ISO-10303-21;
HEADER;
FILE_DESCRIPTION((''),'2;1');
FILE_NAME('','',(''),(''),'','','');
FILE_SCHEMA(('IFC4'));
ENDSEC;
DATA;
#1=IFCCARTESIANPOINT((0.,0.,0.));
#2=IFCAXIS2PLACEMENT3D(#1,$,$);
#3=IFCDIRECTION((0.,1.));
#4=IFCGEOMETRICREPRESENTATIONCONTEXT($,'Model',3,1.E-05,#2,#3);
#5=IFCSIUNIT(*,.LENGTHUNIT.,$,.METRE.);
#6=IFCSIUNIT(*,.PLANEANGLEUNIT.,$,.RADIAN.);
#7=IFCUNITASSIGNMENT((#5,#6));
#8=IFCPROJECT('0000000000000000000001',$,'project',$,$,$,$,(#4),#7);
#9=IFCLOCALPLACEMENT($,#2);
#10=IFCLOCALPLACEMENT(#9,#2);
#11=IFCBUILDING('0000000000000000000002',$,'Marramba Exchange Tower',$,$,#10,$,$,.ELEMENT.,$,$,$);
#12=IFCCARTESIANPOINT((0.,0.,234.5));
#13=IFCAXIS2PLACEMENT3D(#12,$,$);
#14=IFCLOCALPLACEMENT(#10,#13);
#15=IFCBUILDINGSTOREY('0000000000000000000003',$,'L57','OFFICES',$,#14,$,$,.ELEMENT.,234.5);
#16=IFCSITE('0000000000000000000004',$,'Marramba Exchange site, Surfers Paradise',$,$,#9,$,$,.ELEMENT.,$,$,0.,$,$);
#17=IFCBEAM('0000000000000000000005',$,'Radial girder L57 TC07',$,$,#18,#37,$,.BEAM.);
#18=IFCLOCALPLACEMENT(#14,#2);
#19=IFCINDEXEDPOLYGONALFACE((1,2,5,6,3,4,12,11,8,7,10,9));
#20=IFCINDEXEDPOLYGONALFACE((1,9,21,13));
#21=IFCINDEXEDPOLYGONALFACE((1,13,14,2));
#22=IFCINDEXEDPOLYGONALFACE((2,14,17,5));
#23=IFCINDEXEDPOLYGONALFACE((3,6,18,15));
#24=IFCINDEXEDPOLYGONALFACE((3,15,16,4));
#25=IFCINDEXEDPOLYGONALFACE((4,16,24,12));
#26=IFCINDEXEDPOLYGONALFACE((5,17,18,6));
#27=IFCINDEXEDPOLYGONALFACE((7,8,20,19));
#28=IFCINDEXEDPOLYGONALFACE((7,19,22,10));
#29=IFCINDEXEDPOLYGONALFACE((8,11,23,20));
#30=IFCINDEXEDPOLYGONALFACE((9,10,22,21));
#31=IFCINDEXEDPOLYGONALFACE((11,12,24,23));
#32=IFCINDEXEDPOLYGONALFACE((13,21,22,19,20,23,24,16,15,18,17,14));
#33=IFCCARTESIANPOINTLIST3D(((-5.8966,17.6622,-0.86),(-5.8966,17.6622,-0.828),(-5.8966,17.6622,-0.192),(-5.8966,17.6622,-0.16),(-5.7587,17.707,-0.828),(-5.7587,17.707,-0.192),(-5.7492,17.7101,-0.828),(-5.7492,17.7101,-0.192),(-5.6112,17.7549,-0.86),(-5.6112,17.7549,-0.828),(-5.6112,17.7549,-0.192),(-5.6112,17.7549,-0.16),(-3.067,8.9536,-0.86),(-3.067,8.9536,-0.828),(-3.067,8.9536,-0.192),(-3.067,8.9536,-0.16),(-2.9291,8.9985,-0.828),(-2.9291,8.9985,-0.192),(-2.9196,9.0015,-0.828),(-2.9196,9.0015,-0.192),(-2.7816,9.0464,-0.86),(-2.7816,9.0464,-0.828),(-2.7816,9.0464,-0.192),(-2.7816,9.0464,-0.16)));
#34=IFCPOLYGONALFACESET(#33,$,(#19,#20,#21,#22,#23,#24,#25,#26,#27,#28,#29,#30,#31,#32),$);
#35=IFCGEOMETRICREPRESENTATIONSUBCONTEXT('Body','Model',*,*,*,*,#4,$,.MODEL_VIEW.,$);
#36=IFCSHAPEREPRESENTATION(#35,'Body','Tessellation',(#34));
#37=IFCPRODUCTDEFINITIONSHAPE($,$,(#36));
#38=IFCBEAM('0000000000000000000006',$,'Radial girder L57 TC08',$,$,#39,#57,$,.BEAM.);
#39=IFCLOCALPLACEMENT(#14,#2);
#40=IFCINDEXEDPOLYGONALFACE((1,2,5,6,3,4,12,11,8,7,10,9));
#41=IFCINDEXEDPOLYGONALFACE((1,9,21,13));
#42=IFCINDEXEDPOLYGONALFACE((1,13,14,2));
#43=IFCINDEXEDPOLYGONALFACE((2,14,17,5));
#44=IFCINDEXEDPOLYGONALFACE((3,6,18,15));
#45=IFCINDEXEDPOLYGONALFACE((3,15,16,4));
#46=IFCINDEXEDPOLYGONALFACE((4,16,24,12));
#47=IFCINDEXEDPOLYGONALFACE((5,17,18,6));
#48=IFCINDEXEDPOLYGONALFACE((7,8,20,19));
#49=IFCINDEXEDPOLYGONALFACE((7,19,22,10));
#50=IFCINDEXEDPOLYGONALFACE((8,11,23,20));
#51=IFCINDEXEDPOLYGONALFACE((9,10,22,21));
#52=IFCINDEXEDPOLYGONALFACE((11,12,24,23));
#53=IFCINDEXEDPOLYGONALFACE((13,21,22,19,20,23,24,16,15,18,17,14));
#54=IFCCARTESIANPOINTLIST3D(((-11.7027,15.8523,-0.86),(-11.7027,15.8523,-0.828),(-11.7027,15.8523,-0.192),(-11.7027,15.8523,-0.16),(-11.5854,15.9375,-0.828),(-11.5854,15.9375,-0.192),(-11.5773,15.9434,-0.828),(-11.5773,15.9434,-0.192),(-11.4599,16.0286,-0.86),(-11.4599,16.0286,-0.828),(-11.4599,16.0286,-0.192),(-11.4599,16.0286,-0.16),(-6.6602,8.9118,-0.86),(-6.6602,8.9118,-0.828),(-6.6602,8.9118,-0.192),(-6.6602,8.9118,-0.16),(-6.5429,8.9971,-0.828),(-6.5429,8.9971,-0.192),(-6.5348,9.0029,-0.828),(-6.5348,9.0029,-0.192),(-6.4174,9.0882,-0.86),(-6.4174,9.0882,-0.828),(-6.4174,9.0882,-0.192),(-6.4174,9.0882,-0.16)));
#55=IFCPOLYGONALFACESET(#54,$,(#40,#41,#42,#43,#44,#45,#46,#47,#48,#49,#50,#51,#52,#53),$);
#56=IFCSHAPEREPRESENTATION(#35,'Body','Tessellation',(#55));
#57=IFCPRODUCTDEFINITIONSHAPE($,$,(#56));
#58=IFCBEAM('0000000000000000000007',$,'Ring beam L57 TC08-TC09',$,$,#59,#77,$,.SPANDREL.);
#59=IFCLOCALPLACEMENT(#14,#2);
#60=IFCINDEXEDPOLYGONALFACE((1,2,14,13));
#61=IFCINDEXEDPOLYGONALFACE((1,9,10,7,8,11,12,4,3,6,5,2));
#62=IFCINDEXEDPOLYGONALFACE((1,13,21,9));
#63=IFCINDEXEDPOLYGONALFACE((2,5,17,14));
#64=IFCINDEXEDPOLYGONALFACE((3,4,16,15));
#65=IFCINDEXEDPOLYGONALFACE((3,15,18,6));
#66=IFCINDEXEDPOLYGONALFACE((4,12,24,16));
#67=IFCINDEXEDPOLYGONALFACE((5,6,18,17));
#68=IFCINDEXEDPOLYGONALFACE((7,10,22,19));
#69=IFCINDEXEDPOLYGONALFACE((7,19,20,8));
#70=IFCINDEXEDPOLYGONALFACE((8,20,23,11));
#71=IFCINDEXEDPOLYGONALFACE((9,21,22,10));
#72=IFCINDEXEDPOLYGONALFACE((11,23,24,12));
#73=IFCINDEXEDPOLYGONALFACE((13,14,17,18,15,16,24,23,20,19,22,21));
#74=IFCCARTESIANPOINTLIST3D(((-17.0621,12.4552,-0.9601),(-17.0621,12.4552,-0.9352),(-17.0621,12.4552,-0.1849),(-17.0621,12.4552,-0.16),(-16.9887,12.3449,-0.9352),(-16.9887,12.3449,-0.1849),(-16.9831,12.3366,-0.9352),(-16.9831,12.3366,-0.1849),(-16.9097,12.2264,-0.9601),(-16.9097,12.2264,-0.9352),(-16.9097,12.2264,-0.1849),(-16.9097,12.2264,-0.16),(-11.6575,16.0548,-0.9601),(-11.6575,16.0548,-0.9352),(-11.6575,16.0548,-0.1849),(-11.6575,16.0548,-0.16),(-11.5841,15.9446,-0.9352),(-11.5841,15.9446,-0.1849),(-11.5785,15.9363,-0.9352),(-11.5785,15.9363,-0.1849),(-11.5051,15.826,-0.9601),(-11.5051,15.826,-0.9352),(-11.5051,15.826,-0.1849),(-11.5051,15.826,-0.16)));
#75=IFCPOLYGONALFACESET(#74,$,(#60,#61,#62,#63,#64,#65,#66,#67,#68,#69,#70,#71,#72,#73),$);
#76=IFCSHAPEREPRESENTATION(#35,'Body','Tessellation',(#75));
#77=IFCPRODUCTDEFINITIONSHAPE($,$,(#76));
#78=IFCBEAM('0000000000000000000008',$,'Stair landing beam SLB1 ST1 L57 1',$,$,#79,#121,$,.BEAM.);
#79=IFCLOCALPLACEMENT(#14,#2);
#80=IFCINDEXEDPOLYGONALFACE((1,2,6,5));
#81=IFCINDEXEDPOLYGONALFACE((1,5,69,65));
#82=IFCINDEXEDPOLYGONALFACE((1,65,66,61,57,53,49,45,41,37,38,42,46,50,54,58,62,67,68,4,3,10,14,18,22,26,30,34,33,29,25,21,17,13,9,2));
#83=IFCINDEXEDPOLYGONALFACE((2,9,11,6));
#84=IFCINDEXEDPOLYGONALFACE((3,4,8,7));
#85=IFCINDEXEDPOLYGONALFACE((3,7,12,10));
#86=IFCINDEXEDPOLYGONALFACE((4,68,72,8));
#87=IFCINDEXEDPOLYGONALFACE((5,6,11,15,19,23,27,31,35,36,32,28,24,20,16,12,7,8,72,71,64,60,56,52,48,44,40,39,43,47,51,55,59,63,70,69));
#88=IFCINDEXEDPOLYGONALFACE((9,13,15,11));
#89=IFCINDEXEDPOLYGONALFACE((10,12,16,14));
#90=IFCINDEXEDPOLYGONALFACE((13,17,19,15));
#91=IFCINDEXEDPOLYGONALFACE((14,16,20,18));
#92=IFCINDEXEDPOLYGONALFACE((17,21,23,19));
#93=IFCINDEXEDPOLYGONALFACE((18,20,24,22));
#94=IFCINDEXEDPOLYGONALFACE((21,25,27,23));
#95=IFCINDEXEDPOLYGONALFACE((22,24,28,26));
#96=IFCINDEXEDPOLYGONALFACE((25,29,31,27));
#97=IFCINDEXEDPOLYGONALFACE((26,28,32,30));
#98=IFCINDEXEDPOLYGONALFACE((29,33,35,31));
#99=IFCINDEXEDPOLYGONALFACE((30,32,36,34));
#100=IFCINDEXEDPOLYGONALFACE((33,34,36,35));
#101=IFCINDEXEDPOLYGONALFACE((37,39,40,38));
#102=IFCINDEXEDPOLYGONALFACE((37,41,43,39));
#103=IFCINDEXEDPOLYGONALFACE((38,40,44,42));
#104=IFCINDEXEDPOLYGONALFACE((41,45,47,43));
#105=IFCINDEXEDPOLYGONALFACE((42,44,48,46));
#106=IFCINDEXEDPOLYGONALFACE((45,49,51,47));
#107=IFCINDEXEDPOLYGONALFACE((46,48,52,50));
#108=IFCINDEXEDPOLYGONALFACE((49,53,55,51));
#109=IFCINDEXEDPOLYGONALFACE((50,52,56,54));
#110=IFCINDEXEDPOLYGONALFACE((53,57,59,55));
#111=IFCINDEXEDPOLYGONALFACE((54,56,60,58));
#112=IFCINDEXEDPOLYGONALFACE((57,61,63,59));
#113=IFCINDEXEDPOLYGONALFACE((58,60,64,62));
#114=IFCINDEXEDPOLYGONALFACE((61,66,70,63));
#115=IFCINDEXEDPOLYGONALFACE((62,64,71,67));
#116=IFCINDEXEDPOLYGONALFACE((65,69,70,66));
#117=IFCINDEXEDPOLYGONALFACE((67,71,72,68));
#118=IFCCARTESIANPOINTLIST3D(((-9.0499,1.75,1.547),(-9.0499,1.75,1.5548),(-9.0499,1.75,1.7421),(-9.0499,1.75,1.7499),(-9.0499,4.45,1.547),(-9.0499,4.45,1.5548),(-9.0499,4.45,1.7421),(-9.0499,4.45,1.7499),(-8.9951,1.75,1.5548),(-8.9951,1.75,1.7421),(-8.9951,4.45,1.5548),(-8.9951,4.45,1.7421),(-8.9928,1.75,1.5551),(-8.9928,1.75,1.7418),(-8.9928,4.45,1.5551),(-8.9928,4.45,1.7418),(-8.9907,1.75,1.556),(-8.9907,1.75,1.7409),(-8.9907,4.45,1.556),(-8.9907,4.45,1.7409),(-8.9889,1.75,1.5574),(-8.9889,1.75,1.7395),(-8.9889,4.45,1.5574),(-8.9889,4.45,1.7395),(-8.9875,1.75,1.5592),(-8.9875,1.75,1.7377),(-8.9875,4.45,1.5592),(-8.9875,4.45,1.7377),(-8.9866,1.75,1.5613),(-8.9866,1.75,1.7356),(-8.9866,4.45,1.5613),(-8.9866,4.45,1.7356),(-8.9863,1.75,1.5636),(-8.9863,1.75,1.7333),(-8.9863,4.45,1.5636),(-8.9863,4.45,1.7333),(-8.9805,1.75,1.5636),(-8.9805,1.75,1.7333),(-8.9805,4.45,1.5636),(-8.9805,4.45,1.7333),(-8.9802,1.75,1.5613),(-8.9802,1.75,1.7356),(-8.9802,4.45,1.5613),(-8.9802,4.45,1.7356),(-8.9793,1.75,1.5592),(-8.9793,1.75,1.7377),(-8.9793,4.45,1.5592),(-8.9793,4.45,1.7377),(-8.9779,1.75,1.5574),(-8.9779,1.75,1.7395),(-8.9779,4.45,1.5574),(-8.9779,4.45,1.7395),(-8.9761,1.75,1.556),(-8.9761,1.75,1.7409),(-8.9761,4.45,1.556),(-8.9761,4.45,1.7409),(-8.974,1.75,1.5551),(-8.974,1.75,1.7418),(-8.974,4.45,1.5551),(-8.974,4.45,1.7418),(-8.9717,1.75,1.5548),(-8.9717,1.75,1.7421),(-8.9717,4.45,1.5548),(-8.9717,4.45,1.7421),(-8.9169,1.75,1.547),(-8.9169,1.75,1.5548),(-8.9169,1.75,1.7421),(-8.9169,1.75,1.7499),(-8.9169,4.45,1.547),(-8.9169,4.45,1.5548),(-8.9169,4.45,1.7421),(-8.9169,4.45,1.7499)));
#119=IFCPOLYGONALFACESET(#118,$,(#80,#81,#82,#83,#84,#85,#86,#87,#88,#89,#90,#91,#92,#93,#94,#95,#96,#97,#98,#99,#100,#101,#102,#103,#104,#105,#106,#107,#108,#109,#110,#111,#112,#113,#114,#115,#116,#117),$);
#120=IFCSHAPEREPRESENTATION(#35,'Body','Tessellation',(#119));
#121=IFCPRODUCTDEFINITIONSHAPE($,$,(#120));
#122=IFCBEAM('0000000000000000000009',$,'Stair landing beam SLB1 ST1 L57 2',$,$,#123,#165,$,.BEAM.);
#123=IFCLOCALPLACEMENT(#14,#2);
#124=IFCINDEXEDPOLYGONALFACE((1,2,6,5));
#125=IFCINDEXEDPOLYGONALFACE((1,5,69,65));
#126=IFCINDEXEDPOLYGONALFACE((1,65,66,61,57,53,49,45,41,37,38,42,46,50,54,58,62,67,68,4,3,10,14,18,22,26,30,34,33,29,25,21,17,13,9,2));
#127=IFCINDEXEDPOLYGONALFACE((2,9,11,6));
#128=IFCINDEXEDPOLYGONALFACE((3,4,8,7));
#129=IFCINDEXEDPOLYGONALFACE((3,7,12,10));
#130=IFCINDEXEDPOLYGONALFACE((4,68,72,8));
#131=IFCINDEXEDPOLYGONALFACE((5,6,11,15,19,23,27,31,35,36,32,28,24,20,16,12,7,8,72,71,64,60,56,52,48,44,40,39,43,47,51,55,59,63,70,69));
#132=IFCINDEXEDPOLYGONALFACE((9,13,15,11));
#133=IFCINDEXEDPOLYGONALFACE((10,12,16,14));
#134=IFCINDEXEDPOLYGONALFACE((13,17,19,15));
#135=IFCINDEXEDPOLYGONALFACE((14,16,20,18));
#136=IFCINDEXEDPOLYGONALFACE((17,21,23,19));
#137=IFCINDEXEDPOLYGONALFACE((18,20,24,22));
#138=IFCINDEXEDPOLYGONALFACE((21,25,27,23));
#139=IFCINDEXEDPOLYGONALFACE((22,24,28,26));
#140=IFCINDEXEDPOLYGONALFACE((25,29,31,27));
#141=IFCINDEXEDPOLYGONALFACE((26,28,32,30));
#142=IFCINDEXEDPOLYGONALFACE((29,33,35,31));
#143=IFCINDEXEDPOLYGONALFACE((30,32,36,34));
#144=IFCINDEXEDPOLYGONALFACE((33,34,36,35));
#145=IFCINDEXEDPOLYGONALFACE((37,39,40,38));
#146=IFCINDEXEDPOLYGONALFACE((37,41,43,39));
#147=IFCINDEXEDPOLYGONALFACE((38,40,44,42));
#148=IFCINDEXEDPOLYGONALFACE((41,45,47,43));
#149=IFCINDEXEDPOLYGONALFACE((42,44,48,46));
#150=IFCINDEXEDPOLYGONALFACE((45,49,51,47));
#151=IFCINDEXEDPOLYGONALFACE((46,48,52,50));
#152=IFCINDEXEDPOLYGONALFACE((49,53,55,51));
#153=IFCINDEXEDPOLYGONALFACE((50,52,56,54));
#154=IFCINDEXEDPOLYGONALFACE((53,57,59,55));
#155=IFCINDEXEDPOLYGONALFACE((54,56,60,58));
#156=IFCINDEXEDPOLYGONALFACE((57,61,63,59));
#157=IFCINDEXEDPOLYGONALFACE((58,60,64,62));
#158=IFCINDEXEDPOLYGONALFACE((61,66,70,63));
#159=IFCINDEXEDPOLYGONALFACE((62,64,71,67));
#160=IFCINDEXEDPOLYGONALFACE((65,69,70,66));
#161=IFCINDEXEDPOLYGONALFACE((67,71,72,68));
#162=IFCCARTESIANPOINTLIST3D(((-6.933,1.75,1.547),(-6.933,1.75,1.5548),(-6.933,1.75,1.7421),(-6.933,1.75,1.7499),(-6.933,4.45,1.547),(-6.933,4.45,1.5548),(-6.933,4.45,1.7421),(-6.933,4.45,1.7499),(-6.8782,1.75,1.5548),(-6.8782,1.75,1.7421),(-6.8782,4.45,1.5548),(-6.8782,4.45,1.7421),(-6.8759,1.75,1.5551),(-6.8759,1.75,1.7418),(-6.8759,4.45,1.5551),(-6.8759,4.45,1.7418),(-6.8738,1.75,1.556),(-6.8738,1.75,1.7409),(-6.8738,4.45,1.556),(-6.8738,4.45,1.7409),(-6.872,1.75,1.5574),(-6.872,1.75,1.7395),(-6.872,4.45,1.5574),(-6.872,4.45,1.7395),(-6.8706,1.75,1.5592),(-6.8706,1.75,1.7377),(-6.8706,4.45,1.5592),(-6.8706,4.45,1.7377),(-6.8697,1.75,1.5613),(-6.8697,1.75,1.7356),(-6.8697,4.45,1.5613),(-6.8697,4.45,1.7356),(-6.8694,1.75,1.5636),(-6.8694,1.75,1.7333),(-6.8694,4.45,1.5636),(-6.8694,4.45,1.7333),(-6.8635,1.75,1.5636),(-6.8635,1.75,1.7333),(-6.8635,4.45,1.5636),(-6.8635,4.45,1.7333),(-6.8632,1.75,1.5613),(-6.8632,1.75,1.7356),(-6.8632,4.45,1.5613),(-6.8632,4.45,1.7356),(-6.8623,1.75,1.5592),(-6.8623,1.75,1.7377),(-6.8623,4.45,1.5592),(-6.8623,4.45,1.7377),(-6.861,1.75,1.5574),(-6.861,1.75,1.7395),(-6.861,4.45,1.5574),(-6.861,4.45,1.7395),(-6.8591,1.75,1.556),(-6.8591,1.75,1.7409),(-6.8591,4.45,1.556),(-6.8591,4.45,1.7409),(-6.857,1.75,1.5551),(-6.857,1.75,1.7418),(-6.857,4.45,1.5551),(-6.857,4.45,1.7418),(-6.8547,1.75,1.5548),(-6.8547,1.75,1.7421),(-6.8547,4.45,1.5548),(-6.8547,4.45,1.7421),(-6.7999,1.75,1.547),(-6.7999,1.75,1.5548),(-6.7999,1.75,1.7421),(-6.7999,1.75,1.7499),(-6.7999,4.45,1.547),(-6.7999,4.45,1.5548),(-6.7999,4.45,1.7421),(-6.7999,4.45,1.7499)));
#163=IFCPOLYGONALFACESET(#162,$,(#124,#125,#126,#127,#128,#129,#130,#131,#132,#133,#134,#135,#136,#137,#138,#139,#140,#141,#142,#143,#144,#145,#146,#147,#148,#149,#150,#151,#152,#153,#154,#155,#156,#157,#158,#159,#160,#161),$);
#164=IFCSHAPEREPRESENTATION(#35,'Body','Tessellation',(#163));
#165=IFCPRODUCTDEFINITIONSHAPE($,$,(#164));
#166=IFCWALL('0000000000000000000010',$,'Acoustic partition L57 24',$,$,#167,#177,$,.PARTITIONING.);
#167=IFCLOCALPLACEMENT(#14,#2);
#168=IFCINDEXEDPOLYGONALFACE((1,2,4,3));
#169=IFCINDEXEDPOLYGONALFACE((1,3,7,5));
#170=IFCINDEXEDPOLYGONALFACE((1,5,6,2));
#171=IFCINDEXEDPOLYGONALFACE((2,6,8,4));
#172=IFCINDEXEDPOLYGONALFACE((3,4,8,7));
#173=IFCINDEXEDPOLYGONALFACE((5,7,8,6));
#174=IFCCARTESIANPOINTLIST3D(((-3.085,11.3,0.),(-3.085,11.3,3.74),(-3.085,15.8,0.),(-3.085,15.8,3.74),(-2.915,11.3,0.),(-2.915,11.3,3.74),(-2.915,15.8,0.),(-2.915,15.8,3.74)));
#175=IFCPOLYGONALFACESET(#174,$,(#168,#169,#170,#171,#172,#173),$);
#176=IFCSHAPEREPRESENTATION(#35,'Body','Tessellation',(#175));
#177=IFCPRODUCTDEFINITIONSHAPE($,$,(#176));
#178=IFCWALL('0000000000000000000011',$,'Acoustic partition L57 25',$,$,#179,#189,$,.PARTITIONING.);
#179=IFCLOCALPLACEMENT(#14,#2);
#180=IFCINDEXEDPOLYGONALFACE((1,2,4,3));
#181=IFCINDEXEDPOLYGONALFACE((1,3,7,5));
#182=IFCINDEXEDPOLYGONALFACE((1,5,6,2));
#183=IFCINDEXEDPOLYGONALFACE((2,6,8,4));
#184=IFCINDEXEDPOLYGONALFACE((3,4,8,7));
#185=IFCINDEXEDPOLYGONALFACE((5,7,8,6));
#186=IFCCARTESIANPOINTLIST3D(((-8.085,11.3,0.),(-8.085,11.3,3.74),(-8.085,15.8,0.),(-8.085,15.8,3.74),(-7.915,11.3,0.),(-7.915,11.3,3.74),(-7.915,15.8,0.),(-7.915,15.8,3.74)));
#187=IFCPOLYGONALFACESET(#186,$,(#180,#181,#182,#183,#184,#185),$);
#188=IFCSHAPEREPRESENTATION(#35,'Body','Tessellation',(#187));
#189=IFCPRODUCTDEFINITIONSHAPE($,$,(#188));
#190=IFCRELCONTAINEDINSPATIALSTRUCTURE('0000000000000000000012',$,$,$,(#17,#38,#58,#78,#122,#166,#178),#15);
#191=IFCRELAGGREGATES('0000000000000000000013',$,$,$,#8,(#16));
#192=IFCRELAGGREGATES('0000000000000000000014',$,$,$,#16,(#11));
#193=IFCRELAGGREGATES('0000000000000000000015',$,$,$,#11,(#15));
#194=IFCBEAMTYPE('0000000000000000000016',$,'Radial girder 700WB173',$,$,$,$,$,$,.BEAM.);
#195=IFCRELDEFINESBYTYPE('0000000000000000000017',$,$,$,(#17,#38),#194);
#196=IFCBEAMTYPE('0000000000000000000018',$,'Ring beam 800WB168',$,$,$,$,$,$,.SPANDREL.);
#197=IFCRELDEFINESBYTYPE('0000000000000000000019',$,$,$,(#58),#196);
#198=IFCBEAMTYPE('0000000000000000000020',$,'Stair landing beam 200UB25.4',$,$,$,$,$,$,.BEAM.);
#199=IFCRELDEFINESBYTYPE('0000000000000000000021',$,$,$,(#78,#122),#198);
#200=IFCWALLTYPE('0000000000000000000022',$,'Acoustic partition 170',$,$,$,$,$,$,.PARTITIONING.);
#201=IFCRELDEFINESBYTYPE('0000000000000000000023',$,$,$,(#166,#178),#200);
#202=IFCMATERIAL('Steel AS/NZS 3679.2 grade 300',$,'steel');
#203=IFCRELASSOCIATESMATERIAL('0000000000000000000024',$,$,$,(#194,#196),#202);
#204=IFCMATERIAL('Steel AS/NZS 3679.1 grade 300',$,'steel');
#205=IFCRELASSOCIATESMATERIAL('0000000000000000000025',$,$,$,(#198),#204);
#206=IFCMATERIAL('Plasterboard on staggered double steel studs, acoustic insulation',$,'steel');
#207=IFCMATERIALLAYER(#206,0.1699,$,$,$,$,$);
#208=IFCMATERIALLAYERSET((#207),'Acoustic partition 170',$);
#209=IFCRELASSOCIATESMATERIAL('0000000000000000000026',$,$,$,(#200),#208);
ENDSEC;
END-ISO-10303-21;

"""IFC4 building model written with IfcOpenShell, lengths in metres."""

from ifc_helpers import new_model, si_unit, direction, frame, frame_2d, origin, origin_2d, place, context, subcontext, project, spatial, rectangle, i_section, extrude, material, layer, layer_set, material_profile, profile_set, type_object, element, save


model = new_model("IFC4")

# Units and contexts
model_context = context("Model", 3, precision=1e-05, world=origin(), true_north=direction((0.0, 1.0)))
body_context = subcontext(model_context, "Body", "Model", "MODEL_VIEW")
ifc_project = project(units=[si_unit("LENGTHUNIT", "METRE"), si_unit("PLANEANGLEUNIT", "RADIAN")], contexts=[model_context])

# Site, building, storey
site_placement = place(None, origin())
site = spatial("IfcSite", under=ifc_project, at=site_placement, Name="Marramba Exchange site, Surfers Paradise", CompositionType="ELEMENT", RefElevation=0.0)
building_placement = place(site_placement, origin())
building = spatial("IfcBuilding", under=site, at=building_placement, Name="Marramba Exchange Tower", CompositionType="ELEMENT")
storey_placement = place(building_placement, frame((0.0, 0.0, 234.5)))
storey = spatial("IfcBuildingStorey", under=building, at=storey_placement, Name="L57", Description="OFFICES", CompositionType="ELEMENT", Elevation=234.5)

# Beams
ifc_material_1 = material(Name="Steel AS/NZS 3679.1 grade 300", Category="steel")
ifc_material_2 = material(Name="Steel AS/NZS 3679.2 grade 300", Category="steel")
ifc_material_profile_1 = material_profile(ifc_material_2, i_section(OverallWidth=0.3, OverallDepth=0.7, WebThickness=0.01, FlangeThickness=0.032, at=origin_2d()), Name="700WB173")
ifc_profile_set_1 = profile_set([ifc_material_profile_1], Name="Steel AS/NZS 3679.2 grade 300")
beam_type_1 = type_object("IfcBeamType", Name="Radial girder 700WB173", PredefinedType="BEAM", material=ifc_profile_set_1)
beam_1_placement = place(storey_placement, frame((-2.9243, 9.0, -0.51), z_axis=(-0.30902, 0.951056, 0.0), x_axis=(-0.951056, -0.30902, 0.0)))
element("IfcBeam", 1, at=beam_1_placement, inside=storey, type_object=beam_type_1, Name="Radial girder L57 TC07", PredefinedType="BEAM", context=body_context, shape_type="SweptSolid", body=[
    extrude(i_section(OverallWidth=0.3, OverallDepth=0.7, WebThickness=0.01, FlangeThickness=0.032, at=origin_2d()), origin(), (0.0, 0.0, 1.0), 9.1567),
])
beam_2_placement = place(storey_placement, frame((-6.5388, 9.0, -0.51), z_axis=(-0.587782, 0.809019, 0.0), x_axis=(-0.809019, -0.587782, 0.0)))
element("IfcBeam", 2, at=beam_2_placement, inside=storey, type_object=beam_type_1, Name="Radial girder L57 TC08", PredefinedType="BEAM", context=body_context, shape_type="SweptSolid", body=[
    extrude(i_section(OverallWidth=0.3, OverallDepth=0.7, WebThickness=0.01, FlangeThickness=0.032, at=origin_2d()), origin(), (0.0, 0.0, 1.0), 8.5789),
])
ifc_material_profile_2 = material_profile(ifc_material_2, i_section(OverallWidth=0.2749, OverallDepth=0.8, WebThickness=0.01, FlangeThickness=0.0249, at=origin_2d()), Name="800WB168")
ifc_profile_set_2 = profile_set([ifc_material_profile_2], Name="Steel AS/NZS 3679.2 grade 300")
beam_type_2 = type_object("IfcBeamType", Name="Ring beam 800WB168", PredefinedType="SPANDREL", material=ifc_profile_set_2)
beam_3_placement = place(storey_placement, frame((-11.5813, 15.9404, -0.5601), z_axis=(-0.832293, -0.554336, 0.0), x_axis=(0.554336, -0.832293, 0.0)))
element("IfcBeam", 3, at=beam_3_placement, inside=storey, type_object=beam_type_2, Name="Ring beam L57 TC08-TC09", PredefinedType="SPANDREL", context=body_context, shape_type="SweptSolid", body=[
    extrude(i_section(OverallWidth=0.2749, OverallDepth=0.8, WebThickness=0.01, FlangeThickness=0.0249, at=origin_2d()), origin(), (0.0, 0.0, 1.0), 6.4937),
])
ifc_material_profile_3 = material_profile(ifc_material_1, i_section(OverallWidth=0.1331, OverallDepth=0.2029, WebThickness=0.0059, FlangeThickness=0.0078, FilletRadius=0.0088, at=origin_2d()), Name="200UB25.4")
ifc_profile_set_3 = profile_set([ifc_material_profile_3], Name="Steel AS/NZS 3679.1 grade 300")
beam_type_3 = type_object("IfcBeamType", Name="Stair landing beam 200UB25.4", PredefinedType="BEAM", material=ifc_profile_set_3)
for number, where, z_axis, x_axis, name in (
    (4, (-8.9834, 1.75, 1.6484), (0.0, 1.0, 0.0), (-1.0, 0.0, 0.0), "Stair landing beam SLB1 ST1 L57 1"),
    (5, (-6.8665, 1.75, 1.6484), (0.0, 1.0, 0.0), (-1.0, 0.0, 0.0), "Stair landing beam SLB1 ST1 L57 2"),
):
    element("IfcBeam", number, at=place(storey_placement, frame(where, z_axis=z_axis, x_axis=x_axis)), inside=storey, type_object=beam_type_3, Name=name, PredefinedType="BEAM", context=body_context, shape_type="SweptSolid", body=[
        extrude(i_section(OverallWidth=0.1331, OverallDepth=0.2029, WebThickness=0.0059, FlangeThickness=0.0078, FilletRadius=0.0088, at=origin_2d()), origin(), (0.0, 0.0, 1.0), 2.7),
    ])

# Walls
ifc_material_3 = material(Name="Plasterboard on staggered double steel studs, acoustic insulation", Category="steel")
ifc_layer_1 = layer(ifc_material_3, 0.1699)
ifc_layer_set_1 = layer_set([ifc_layer_1], Name="Acoustic partition 170")
wall_type_1 = type_object("IfcWallType", Name="Acoustic partition 170", PredefinedType="PARTITIONING", material=ifc_layer_set_1)
for number, where, z_axis, x_axis, name in (
    (6, (-3.0, 15.8, 0.0), (0.0, 0.0, 1.0), (0.0, -1.0, 0.0), "Acoustic partition L57 24"),
    (7, (-8.0, 15.8, 0.0), (0.0, 0.0, 1.0), (0.0, -1.0, 0.0), "Acoustic partition L57 25"),
):
    element("IfcWall", number, at=place(storey_placement, frame(where, z_axis=z_axis, x_axis=x_axis)), inside=storey, type_object=wall_type_1, Name=name, PredefinedType="PARTITIONING", context=body_context, shape_type="SweptSolid", body=[
        extrude(rectangle(XDim=4.5, YDim=0.1699, at=frame_2d((2.25, 0.0))), origin(), (0.0, 0.0, 1.0), 3.74),
    ])

save(model, "model.ifc")
